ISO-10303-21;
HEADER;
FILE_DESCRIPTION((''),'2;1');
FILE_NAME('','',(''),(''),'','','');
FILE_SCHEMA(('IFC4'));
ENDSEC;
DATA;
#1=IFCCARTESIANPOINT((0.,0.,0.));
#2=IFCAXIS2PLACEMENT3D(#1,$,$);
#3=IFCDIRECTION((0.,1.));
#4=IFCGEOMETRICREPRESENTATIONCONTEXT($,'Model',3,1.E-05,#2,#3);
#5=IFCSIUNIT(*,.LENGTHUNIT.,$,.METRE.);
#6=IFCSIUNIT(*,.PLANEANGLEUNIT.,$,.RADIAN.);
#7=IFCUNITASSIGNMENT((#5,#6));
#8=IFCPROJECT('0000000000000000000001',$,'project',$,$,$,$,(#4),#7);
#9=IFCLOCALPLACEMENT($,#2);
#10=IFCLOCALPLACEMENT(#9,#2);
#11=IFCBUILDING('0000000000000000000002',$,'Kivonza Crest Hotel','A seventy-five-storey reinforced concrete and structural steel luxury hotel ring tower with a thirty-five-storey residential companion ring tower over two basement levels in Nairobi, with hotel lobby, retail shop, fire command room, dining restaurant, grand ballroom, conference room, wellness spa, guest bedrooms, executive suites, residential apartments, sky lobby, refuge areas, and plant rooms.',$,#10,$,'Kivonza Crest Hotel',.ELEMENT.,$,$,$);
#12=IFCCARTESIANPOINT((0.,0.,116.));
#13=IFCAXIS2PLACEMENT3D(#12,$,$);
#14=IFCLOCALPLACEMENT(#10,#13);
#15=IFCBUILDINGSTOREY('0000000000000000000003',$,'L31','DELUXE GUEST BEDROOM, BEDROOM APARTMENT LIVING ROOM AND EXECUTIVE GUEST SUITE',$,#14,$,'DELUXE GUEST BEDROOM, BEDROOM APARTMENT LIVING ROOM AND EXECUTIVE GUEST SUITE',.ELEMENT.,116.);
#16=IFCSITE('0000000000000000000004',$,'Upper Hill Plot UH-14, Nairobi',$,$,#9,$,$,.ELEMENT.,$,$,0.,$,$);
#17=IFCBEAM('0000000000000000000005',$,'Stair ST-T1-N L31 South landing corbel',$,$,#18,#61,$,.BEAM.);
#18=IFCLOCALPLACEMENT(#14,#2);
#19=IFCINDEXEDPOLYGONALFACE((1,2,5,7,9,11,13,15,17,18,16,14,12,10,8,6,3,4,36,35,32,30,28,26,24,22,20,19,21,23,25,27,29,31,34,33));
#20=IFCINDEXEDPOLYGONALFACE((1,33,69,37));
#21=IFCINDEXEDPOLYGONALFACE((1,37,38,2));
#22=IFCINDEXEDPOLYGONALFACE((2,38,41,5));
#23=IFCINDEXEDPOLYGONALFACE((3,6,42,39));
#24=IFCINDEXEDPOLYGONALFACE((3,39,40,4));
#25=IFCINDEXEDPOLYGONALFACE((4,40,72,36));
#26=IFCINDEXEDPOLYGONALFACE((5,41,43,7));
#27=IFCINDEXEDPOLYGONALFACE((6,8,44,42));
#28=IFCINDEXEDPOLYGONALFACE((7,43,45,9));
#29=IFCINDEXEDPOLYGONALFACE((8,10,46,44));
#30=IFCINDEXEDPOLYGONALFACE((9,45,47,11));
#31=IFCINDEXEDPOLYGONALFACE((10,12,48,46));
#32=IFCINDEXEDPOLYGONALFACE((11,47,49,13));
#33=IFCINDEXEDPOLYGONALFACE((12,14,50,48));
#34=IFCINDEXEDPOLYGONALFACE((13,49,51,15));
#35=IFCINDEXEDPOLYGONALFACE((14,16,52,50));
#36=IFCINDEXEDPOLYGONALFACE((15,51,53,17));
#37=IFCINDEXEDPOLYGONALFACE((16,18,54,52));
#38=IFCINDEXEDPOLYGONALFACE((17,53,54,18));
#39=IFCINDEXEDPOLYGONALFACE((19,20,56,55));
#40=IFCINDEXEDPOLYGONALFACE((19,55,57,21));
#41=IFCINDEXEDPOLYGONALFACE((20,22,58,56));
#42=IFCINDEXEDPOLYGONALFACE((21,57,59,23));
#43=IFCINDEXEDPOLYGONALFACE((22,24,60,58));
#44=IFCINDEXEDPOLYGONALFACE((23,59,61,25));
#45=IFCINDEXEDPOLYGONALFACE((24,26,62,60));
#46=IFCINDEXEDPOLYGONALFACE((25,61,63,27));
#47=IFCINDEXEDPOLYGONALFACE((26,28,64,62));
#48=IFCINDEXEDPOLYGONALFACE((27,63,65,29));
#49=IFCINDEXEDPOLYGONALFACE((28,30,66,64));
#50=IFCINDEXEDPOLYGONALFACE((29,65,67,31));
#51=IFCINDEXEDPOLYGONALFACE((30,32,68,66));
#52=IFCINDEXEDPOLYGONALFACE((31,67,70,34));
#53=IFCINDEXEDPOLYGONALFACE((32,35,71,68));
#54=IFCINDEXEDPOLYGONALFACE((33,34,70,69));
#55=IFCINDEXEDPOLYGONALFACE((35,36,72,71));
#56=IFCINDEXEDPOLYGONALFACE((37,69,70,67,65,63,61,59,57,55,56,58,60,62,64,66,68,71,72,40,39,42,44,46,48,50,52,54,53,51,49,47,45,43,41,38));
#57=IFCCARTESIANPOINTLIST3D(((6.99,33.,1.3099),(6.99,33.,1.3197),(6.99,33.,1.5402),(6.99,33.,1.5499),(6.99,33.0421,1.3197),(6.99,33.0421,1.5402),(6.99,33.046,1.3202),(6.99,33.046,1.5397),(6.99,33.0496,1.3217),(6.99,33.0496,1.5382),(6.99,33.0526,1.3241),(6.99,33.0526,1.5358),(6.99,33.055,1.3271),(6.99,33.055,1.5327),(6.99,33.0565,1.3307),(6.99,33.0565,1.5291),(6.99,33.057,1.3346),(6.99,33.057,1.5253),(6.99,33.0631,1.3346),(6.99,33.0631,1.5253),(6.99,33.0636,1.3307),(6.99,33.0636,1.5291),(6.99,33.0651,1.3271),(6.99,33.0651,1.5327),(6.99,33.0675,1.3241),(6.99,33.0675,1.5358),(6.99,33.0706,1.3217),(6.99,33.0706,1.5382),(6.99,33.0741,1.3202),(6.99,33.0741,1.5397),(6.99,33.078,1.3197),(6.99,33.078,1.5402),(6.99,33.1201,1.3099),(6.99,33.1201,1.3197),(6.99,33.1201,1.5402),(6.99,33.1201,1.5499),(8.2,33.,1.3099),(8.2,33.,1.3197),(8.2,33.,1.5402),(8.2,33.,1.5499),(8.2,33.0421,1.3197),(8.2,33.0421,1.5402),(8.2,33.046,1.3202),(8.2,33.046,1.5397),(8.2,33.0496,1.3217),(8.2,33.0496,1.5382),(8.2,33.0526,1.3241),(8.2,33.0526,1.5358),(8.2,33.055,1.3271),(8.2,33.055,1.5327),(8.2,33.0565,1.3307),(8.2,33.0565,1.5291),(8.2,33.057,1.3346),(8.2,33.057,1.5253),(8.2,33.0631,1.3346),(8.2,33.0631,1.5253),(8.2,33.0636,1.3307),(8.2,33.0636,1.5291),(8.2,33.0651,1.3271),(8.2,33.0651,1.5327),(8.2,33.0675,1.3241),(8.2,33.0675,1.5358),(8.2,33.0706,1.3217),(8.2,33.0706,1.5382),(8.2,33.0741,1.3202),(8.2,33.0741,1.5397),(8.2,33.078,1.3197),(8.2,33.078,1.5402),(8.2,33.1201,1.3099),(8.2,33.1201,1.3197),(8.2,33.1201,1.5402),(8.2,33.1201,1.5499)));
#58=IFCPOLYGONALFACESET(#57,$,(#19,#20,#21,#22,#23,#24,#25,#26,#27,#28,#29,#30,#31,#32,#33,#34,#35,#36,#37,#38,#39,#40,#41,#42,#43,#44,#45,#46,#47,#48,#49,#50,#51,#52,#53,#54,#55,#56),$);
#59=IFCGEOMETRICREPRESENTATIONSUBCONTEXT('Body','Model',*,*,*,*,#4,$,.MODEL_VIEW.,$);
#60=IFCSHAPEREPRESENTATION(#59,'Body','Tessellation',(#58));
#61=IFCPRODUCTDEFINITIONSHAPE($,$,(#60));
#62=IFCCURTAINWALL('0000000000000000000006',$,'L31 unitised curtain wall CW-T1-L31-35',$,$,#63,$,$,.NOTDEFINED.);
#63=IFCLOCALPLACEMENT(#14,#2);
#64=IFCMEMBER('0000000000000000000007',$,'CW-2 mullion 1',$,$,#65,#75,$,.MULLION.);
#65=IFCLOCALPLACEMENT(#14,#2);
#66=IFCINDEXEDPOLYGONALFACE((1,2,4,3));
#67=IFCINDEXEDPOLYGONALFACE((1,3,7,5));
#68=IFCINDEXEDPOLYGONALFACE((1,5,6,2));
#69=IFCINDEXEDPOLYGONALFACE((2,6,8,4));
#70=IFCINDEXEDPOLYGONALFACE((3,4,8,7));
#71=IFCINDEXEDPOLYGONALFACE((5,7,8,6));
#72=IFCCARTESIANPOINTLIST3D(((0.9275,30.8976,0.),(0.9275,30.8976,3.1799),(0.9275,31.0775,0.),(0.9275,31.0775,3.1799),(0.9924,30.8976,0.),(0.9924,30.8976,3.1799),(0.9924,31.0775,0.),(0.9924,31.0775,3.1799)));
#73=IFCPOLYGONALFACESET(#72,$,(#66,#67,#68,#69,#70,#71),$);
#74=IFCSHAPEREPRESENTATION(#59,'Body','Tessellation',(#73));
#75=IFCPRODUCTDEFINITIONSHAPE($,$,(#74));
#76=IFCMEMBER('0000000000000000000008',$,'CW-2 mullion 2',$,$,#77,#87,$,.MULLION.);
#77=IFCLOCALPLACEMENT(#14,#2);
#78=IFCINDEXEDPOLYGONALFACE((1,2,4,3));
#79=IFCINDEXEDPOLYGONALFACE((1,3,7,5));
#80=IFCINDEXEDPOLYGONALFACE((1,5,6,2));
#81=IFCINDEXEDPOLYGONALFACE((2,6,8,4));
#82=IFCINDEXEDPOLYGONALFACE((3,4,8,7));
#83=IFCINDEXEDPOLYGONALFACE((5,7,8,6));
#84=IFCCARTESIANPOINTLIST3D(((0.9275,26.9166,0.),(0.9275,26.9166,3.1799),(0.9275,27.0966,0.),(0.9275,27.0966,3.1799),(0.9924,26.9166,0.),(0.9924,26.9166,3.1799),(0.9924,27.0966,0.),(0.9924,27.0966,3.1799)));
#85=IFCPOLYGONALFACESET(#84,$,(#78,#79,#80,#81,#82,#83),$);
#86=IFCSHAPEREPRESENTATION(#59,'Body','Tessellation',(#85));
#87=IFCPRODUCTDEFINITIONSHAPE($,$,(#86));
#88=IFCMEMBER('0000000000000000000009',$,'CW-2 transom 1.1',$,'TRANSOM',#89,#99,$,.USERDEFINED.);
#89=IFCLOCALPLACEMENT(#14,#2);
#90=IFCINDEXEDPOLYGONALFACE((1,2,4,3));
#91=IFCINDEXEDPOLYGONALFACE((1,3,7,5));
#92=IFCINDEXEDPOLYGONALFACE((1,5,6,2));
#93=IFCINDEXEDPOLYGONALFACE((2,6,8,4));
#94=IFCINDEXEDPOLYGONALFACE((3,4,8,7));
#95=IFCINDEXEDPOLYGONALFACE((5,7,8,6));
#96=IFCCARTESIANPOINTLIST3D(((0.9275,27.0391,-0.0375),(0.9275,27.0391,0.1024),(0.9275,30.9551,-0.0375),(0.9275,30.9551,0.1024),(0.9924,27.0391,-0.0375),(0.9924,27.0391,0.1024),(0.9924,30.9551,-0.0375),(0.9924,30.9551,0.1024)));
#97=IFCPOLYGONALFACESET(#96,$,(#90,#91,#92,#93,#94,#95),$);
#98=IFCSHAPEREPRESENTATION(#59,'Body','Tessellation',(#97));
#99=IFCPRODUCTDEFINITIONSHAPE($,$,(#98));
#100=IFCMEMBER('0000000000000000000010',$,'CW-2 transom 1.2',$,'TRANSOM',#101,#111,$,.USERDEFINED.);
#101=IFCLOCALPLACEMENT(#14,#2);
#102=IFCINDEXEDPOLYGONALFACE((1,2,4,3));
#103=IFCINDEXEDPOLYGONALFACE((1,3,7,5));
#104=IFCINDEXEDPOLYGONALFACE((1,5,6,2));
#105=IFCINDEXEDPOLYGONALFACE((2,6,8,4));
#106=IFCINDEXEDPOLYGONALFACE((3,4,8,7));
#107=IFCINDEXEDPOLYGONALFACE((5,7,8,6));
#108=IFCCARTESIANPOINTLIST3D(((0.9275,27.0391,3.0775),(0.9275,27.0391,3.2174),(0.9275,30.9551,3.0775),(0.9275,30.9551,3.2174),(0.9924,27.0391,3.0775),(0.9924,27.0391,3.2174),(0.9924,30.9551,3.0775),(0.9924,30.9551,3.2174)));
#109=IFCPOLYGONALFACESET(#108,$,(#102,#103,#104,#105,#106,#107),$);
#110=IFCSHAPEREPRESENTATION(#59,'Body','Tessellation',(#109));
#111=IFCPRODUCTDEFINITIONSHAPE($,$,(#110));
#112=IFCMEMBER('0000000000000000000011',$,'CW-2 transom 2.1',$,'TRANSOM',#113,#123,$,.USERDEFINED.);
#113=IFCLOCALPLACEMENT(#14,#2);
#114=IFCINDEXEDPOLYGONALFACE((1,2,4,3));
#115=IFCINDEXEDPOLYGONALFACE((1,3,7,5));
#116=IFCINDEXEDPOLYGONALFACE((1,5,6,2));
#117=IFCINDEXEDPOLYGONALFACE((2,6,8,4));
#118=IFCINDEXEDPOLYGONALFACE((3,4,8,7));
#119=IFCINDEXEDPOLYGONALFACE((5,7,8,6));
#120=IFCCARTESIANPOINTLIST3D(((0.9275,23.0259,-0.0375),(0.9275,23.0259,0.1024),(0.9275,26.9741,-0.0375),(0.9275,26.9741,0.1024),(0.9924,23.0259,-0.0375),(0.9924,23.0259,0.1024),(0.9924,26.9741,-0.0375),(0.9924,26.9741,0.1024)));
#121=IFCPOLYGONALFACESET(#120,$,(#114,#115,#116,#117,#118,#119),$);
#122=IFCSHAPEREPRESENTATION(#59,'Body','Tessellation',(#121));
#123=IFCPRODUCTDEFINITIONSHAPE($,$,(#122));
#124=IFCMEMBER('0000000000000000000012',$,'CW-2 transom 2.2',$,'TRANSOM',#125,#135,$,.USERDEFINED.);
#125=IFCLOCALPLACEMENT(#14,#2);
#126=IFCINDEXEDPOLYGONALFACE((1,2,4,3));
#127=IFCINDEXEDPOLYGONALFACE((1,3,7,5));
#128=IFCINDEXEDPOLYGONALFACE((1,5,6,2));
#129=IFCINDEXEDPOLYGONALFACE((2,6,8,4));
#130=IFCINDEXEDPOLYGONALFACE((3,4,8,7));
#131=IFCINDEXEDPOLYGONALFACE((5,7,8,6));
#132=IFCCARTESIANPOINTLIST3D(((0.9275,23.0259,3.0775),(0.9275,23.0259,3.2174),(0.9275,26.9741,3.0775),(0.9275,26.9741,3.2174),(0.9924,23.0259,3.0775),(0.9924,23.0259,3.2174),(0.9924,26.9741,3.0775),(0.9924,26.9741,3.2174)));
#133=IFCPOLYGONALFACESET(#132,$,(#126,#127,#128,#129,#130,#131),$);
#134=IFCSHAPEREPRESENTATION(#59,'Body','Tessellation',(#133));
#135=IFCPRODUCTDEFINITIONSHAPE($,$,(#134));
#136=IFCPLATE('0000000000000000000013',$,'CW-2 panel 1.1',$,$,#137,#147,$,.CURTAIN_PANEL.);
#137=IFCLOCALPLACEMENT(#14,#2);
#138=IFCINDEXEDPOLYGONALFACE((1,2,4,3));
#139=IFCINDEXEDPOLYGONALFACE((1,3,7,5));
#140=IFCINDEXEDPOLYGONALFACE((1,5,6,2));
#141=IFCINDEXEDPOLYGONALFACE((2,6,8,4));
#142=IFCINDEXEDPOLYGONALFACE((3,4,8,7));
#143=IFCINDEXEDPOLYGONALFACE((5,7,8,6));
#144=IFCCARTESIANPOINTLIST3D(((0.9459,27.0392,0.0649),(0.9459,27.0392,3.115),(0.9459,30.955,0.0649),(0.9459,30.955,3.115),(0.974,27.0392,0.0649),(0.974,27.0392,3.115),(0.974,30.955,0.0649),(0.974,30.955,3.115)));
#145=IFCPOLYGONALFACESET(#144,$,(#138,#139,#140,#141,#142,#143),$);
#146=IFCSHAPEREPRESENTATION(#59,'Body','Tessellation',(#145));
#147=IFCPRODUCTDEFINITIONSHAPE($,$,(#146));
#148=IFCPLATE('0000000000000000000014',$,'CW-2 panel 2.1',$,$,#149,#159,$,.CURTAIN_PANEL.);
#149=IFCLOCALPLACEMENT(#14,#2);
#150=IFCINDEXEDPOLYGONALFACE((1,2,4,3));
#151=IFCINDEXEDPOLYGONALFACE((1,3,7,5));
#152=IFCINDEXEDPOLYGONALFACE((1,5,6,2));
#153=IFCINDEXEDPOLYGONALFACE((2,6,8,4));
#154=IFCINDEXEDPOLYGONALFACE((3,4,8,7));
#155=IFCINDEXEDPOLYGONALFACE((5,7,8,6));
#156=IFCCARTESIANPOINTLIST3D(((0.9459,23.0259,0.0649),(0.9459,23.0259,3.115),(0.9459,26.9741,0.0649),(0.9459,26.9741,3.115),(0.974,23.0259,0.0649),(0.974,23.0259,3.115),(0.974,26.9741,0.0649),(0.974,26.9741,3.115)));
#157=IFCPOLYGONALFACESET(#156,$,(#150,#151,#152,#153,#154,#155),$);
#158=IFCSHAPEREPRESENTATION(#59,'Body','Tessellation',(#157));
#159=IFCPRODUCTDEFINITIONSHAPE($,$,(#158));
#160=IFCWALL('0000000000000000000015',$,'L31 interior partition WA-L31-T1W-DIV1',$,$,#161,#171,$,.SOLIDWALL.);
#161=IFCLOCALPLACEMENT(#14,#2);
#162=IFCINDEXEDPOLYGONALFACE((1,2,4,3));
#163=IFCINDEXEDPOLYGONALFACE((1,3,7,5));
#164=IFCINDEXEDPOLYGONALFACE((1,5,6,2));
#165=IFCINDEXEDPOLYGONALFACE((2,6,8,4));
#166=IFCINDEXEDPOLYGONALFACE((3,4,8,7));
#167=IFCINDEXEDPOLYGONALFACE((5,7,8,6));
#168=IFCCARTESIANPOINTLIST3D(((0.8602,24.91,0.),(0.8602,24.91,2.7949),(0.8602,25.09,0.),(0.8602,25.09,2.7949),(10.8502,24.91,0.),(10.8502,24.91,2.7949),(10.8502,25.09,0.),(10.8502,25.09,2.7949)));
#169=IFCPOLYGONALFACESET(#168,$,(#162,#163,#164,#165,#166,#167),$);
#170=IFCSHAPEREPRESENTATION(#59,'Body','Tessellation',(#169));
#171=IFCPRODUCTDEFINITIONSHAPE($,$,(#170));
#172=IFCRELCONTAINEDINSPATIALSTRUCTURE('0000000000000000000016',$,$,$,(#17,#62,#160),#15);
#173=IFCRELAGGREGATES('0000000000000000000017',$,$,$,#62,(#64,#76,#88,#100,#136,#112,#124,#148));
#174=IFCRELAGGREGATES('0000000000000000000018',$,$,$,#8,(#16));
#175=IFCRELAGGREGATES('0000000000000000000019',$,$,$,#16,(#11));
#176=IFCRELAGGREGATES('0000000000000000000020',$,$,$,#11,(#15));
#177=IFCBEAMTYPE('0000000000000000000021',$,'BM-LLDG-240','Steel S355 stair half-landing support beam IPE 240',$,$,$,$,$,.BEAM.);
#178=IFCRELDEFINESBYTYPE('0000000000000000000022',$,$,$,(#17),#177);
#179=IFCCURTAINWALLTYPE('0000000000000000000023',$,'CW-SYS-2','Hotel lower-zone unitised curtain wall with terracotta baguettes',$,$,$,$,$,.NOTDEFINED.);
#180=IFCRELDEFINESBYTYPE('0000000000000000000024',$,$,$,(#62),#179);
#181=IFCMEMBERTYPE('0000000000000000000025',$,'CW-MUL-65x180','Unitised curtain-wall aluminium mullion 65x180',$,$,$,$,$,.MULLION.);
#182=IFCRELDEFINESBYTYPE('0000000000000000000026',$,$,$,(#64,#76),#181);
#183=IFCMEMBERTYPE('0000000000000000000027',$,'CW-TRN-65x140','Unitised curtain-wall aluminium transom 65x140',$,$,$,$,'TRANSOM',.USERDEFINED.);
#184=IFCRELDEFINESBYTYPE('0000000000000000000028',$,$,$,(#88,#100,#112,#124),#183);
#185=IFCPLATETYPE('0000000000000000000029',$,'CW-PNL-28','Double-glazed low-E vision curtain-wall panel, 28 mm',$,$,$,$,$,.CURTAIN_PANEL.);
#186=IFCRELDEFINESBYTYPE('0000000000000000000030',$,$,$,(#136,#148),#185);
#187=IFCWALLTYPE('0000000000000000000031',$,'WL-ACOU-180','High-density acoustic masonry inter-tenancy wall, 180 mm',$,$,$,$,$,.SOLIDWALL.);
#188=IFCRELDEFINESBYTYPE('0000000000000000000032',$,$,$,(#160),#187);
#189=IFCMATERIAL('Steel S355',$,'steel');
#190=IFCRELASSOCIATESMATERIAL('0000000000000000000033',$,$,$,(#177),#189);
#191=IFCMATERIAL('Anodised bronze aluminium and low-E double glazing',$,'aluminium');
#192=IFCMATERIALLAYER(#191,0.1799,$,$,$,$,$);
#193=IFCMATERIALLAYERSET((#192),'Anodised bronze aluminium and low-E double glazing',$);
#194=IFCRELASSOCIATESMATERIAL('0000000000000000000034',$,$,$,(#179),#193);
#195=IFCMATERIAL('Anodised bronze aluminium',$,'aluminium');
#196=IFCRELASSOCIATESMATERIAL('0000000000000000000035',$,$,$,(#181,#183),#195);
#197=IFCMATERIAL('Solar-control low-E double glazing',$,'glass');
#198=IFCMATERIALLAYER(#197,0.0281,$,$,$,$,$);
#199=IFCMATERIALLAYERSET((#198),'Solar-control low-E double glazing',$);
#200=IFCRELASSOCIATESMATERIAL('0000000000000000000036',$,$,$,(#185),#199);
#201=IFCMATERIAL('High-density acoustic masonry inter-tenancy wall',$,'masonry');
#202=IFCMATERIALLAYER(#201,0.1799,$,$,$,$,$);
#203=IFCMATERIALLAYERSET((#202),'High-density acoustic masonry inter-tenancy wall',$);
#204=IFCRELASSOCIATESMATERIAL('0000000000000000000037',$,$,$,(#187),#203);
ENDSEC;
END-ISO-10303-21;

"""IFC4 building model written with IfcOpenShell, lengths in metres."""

from ifc_helpers import new_model, si_unit, direction, frame, frame_2d, origin, origin_2d, place, context, subcontext, project, spatial, rectangle, i_section, extrude, material, layer, layer_set, material_profile, profile_set, type_object, element, aggregate, save


model = new_model("IFC4")

# Units and contexts
model_context = context("Model", 3, precision=1e-05, world=origin(), true_north=direction((0.0, 1.0)))
body_context = subcontext(model_context, "Body", "Model", "MODEL_VIEW")
ifc_project = project(units=[si_unit("LENGTHUNIT", "METRE"), si_unit("PLANEANGLEUNIT", "RADIAN")], contexts=[model_context])

# Site, building, storey
site_placement = place(None, origin())
site = spatial("IfcSite", under=ifc_project, at=site_placement, Name="Upper Hill Plot UH-14, Nairobi", CompositionType="ELEMENT", RefElevation=0.0)
building_placement = place(site_placement, origin())
building = spatial("IfcBuilding", under=site, at=building_placement, Name="Kivonza Crest Hotel", Description="A seventy-five-storey reinforced concrete and structural steel luxury hotel ring tower with a thirty-five-storey residential companion ring tower over two basement levels in Nairobi, with hotel lobby, retail shop, fire command room, dining restaurant, grand ballroom, conference room, wellness spa, guest bedrooms, executive suites, residential apartments, sky lobby, refuge areas, and plant rooms.", LongName="Kivonza Crest Hotel", CompositionType="ELEMENT")
storey_placement = place(building_placement, frame((0.0, 0.0, 116.0)))
storey = spatial("IfcBuildingStorey", under=building, at=storey_placement, Name="L31", Description="DELUXE GUEST BEDROOM, BEDROOM APARTMENT LIVING ROOM AND EXECUTIVE GUEST SUITE", LongName="DELUXE GUEST BEDROOM, BEDROOM APARTMENT LIVING ROOM AND EXECUTIVE GUEST SUITE", CompositionType="ELEMENT", Elevation=116.0)

# Beam
ifc_material_1 = material(Name="Steel S355", Category="steel")
ifc_material_profile_1 = material_profile(ifc_material_1, i_section(OverallWidth=0.1201, OverallDepth=0.24, WebThickness=0.0061, FlangeThickness=0.0098, FilletRadius=0.0149, at=origin_2d()), Name="IPE 240")
ifc_profile_set_1 = profile_set([ifc_material_profile_1], Name="Steel S355")
beam_type_1 = type_object("IfcBeamType", Name="BM-LLDG-240", Description="Steel S355 stair half-landing support beam IPE 240", PredefinedType="BEAM", material=ifc_profile_set_1)
beam_1_placement = place(storey_placement, frame((6.99, 33.0601, 1.4299), z_axis=(1.0, 0.0, 0.0), x_axis=(0.0, 1.0, 0.0)))
element("IfcBeam", 1, at=beam_1_placement, inside=storey, type_object=beam_type_1, Name="Stair ST-T1-N L31 South landing corbel", PredefinedType="BEAM", context=body_context, shape_type="SweptSolid", body=[
    extrude(i_section(OverallWidth=0.1201, OverallDepth=0.24, WebThickness=0.0061, FlangeThickness=0.0098, FilletRadius=0.0149, at=origin_2d()), origin(), (0.0, 0.0, 1.0), 1.21),
])

# Curtain wall, members, plates
ifc_material_2 = material(Name="Anodised bronze aluminium and low-E double glazing", Category="aluminium")
ifc_layer_1 = layer(ifc_material_2, 0.1799)
ifc_layer_set_1 = layer_set([ifc_layer_1], Name="Anodised bronze aluminium and low-E double glazing")
curtain_wall_type = type_object("IfcCurtainWallType", Name="CW-SYS-2", Description="Hotel lower-zone unitised curtain wall with terracotta baguettes", PredefinedType="NOTDEFINED", material=ifc_layer_set_1)
curtain_wall_placement = place(storey_placement, origin())
curtain_wall = element("IfcCurtainWall", 2, at=curtain_wall_placement, inside=storey, type_object=curtain_wall_type, Name="L31 unitised curtain wall CW-T1-L31-35", PredefinedType="NOTDEFINED")
ifc_material_3 = material(Name="Anodised bronze aluminium", Category="aluminium")
ifc_material_profile_2 = material_profile(ifc_material_3, rectangle(XDim=0.0649, YDim=0.1799, at=origin_2d()), Name="CW-M 65x180")
ifc_profile_set_2 = profile_set([ifc_material_profile_2], Name="Anodised bronze aluminium")
member_type_1 = type_object("IfcMemberType", Name="CW-MUL-65x180", Description="Unitised curtain-wall aluminium mullion 65x180", PredefinedType="MULLION", material=ifc_profile_set_2)
member_1_placement = place(storey_placement, frame((0.96, 30.9875, 0.0), z_axis=(0.0, 0.0, 1.0), x_axis=(1.0, 0.0, 0.0)))
member_1 = element("IfcMember", 3, at=member_1_placement, type_object=member_type_1, Name="CW-2 mullion 1", PredefinedType="MULLION", context=body_context, shape_type="SweptSolid", body=[
    extrude(rectangle(XDim=0.0649, YDim=0.1799, at=origin_2d()), origin(), (0.0, 0.0, 1.0), 3.1799),
])
member_2_placement = place(storey_placement, frame((0.96, 27.0066, 0.0), z_axis=(0.0, 0.0, 1.0), x_axis=(1.0, 0.0, 0.0)))
member_2 = element("IfcMember", 4, at=member_2_placement, type_object=member_type_1, Name="CW-2 mullion 2", PredefinedType="MULLION", context=body_context, shape_type="SweptSolid", body=[
    extrude(rectangle(XDim=0.0649, YDim=0.1799, at=origin_2d()), origin(), (0.0, 0.0, 1.0), 3.1799),
])
ifc_material_profile_3 = material_profile(ifc_material_3, rectangle(XDim=0.0649, YDim=0.1399, at=origin_2d()), Name="CW-T 65x140")
ifc_profile_set_3 = profile_set([ifc_material_profile_3], Name="Anodised bronze aluminium")
member_type_2 = type_object("IfcMemberType", Name="CW-TRN-65x140", Description="Unitised curtain-wall aluminium transom 65x140", ElementType="TRANSOM", PredefinedType="USERDEFINED", material=ifc_profile_set_3)
member_3_placement = place(storey_placement, frame((0.96, 30.9551, 0.0325), z_axis=(0.0, -1.0, 0.0), x_axis=(1.0, 0.0, 0.0)))
member_3 = element("IfcMember", 5, at=member_3_placement, type_object=member_type_2, Name="CW-2 transom 1.1", ObjectType="TRANSOM", PredefinedType="USERDEFINED", context=body_context, shape_type="SweptSolid", body=[
    extrude(rectangle(XDim=0.0649, YDim=0.1399, at=origin_2d()), origin(), (0.0, 0.0, 1.0), 3.916),
])
member_4_placement = place(storey_placement, frame((0.96, 30.9551, 3.1475), z_axis=(0.0, -1.0, 0.0), x_axis=(1.0, 0.0, 0.0)))
member_4 = element("IfcMember", 6, at=member_4_placement, type_object=member_type_2, Name="CW-2 transom 1.2", ObjectType="TRANSOM", PredefinedType="USERDEFINED", context=body_context, shape_type="SweptSolid", body=[
    extrude(rectangle(XDim=0.0649, YDim=0.1399, at=origin_2d()), origin(), (0.0, 0.0, 1.0), 3.916),
])
member_5_placement = place(storey_placement, frame((0.96, 26.9741, 0.0325), z_axis=(0.0, -1.0, 0.0), x_axis=(1.0, 0.0, 0.0)))
member_5 = element("IfcMember", 7, at=member_5_placement, type_object=member_type_2, Name="CW-2 transom 2.1", ObjectType="TRANSOM", PredefinedType="USERDEFINED", context=body_context, shape_type="SweptSolid", body=[
    extrude(rectangle(XDim=0.0649, YDim=0.1399, at=origin_2d()), origin(), (0.0, 0.0, 1.0), 3.9482),
])
member_6_placement = place(storey_placement, frame((0.96, 26.9741, 3.1475), z_axis=(0.0, -1.0, 0.0), x_axis=(1.0, 0.0, 0.0)))
member_6 = element("IfcMember", 8, at=member_6_placement, type_object=member_type_2, Name="CW-2 transom 2.2", ObjectType="TRANSOM", PredefinedType="USERDEFINED", context=body_context, shape_type="SweptSolid", body=[
    extrude(rectangle(XDim=0.0649, YDim=0.1399, at=origin_2d()), origin(), (0.0, 0.0, 1.0), 3.9482),
])
ifc_material_4 = material(Name="Solar-control low-E double glazing", Category="glass")
ifc_layer_2 = layer(ifc_material_4, 0.0281)
ifc_layer_set_2 = layer_set([ifc_layer_2], Name="Solar-control low-E double glazing")
plate_type = type_object("IfcPlateType", Name="CW-PNL-28", Description="Double-glazed low-E vision curtain-wall panel, 28 mm", PredefinedType="CURTAIN_PANEL", material=ifc_layer_set_2)
plate_1_placement = place(storey_placement, frame((0.96, 28.9971, 0.0649), z_axis=(0.0, 0.0, 1.0), x_axis=(0.0, -1.0, 0.0)))
plate_1 = element("IfcPlate", 9, at=plate_1_placement, type_object=plate_type, Name="CW-2 panel 1.1", PredefinedType="CURTAIN_PANEL", context=body_context, shape_type="SweptSolid", body=[
    extrude(rectangle(XDim=3.9158, YDim=0.0281, at=origin_2d()), origin(), (0.0, 0.0, 1.0), 3.05),
])
plate_2_placement = place(storey_placement, frame((0.96, 25.0, 0.0649), z_axis=(0.0, 0.0, 1.0), x_axis=(0.0, -1.0, 0.0)))
plate_2 = element("IfcPlate", 10, at=plate_2_placement, type_object=plate_type, Name="CW-2 panel 2.1", PredefinedType="CURTAIN_PANEL", context=body_context, shape_type="SweptSolid", body=[
    extrude(rectangle(XDim=3.9482, YDim=0.0281, at=origin_2d()), origin(), (0.0, 0.0, 1.0), 3.05),
])
aggregate(curtain_wall, [member_1, member_2, member_3, member_4, plate_1, member_5, member_6, plate_2])

# Wall
ifc_material_5 = material(Name="High-density acoustic masonry inter-tenancy wall", Category="masonry")
ifc_layer_3 = layer(ifc_material_5, 0.1799)
ifc_layer_set_3 = layer_set([ifc_layer_3], Name="High-density acoustic masonry inter-tenancy wall")
wall_type_1 = type_object("IfcWallType", Name="WL-ACOU-180", Description="High-density acoustic masonry inter-tenancy wall, 180 mm", PredefinedType="SOLIDWALL", material=ifc_layer_set_3)
wall_1_placement = place(storey_placement, frame((0.8601, 25.0, 0.0), z_axis=(0.0, 0.0, 1.0), x_axis=(1.0, 0.0, 0.0)))
element("IfcWall", 11, at=wall_1_placement, inside=storey, type_object=wall_type_1, Name="L31 interior partition WA-L31-T1W-DIV1", PredefinedType="SOLIDWALL", context=body_context, shape_type="SweptSolid", body=[
    extrude(rectangle(XDim=9.99, YDim=0.1799, at=frame_2d((4.9951, 0.0))), origin(), (0.0, 0.0, 1.0), 2.7949),
])

save(model, "model.ifc")
